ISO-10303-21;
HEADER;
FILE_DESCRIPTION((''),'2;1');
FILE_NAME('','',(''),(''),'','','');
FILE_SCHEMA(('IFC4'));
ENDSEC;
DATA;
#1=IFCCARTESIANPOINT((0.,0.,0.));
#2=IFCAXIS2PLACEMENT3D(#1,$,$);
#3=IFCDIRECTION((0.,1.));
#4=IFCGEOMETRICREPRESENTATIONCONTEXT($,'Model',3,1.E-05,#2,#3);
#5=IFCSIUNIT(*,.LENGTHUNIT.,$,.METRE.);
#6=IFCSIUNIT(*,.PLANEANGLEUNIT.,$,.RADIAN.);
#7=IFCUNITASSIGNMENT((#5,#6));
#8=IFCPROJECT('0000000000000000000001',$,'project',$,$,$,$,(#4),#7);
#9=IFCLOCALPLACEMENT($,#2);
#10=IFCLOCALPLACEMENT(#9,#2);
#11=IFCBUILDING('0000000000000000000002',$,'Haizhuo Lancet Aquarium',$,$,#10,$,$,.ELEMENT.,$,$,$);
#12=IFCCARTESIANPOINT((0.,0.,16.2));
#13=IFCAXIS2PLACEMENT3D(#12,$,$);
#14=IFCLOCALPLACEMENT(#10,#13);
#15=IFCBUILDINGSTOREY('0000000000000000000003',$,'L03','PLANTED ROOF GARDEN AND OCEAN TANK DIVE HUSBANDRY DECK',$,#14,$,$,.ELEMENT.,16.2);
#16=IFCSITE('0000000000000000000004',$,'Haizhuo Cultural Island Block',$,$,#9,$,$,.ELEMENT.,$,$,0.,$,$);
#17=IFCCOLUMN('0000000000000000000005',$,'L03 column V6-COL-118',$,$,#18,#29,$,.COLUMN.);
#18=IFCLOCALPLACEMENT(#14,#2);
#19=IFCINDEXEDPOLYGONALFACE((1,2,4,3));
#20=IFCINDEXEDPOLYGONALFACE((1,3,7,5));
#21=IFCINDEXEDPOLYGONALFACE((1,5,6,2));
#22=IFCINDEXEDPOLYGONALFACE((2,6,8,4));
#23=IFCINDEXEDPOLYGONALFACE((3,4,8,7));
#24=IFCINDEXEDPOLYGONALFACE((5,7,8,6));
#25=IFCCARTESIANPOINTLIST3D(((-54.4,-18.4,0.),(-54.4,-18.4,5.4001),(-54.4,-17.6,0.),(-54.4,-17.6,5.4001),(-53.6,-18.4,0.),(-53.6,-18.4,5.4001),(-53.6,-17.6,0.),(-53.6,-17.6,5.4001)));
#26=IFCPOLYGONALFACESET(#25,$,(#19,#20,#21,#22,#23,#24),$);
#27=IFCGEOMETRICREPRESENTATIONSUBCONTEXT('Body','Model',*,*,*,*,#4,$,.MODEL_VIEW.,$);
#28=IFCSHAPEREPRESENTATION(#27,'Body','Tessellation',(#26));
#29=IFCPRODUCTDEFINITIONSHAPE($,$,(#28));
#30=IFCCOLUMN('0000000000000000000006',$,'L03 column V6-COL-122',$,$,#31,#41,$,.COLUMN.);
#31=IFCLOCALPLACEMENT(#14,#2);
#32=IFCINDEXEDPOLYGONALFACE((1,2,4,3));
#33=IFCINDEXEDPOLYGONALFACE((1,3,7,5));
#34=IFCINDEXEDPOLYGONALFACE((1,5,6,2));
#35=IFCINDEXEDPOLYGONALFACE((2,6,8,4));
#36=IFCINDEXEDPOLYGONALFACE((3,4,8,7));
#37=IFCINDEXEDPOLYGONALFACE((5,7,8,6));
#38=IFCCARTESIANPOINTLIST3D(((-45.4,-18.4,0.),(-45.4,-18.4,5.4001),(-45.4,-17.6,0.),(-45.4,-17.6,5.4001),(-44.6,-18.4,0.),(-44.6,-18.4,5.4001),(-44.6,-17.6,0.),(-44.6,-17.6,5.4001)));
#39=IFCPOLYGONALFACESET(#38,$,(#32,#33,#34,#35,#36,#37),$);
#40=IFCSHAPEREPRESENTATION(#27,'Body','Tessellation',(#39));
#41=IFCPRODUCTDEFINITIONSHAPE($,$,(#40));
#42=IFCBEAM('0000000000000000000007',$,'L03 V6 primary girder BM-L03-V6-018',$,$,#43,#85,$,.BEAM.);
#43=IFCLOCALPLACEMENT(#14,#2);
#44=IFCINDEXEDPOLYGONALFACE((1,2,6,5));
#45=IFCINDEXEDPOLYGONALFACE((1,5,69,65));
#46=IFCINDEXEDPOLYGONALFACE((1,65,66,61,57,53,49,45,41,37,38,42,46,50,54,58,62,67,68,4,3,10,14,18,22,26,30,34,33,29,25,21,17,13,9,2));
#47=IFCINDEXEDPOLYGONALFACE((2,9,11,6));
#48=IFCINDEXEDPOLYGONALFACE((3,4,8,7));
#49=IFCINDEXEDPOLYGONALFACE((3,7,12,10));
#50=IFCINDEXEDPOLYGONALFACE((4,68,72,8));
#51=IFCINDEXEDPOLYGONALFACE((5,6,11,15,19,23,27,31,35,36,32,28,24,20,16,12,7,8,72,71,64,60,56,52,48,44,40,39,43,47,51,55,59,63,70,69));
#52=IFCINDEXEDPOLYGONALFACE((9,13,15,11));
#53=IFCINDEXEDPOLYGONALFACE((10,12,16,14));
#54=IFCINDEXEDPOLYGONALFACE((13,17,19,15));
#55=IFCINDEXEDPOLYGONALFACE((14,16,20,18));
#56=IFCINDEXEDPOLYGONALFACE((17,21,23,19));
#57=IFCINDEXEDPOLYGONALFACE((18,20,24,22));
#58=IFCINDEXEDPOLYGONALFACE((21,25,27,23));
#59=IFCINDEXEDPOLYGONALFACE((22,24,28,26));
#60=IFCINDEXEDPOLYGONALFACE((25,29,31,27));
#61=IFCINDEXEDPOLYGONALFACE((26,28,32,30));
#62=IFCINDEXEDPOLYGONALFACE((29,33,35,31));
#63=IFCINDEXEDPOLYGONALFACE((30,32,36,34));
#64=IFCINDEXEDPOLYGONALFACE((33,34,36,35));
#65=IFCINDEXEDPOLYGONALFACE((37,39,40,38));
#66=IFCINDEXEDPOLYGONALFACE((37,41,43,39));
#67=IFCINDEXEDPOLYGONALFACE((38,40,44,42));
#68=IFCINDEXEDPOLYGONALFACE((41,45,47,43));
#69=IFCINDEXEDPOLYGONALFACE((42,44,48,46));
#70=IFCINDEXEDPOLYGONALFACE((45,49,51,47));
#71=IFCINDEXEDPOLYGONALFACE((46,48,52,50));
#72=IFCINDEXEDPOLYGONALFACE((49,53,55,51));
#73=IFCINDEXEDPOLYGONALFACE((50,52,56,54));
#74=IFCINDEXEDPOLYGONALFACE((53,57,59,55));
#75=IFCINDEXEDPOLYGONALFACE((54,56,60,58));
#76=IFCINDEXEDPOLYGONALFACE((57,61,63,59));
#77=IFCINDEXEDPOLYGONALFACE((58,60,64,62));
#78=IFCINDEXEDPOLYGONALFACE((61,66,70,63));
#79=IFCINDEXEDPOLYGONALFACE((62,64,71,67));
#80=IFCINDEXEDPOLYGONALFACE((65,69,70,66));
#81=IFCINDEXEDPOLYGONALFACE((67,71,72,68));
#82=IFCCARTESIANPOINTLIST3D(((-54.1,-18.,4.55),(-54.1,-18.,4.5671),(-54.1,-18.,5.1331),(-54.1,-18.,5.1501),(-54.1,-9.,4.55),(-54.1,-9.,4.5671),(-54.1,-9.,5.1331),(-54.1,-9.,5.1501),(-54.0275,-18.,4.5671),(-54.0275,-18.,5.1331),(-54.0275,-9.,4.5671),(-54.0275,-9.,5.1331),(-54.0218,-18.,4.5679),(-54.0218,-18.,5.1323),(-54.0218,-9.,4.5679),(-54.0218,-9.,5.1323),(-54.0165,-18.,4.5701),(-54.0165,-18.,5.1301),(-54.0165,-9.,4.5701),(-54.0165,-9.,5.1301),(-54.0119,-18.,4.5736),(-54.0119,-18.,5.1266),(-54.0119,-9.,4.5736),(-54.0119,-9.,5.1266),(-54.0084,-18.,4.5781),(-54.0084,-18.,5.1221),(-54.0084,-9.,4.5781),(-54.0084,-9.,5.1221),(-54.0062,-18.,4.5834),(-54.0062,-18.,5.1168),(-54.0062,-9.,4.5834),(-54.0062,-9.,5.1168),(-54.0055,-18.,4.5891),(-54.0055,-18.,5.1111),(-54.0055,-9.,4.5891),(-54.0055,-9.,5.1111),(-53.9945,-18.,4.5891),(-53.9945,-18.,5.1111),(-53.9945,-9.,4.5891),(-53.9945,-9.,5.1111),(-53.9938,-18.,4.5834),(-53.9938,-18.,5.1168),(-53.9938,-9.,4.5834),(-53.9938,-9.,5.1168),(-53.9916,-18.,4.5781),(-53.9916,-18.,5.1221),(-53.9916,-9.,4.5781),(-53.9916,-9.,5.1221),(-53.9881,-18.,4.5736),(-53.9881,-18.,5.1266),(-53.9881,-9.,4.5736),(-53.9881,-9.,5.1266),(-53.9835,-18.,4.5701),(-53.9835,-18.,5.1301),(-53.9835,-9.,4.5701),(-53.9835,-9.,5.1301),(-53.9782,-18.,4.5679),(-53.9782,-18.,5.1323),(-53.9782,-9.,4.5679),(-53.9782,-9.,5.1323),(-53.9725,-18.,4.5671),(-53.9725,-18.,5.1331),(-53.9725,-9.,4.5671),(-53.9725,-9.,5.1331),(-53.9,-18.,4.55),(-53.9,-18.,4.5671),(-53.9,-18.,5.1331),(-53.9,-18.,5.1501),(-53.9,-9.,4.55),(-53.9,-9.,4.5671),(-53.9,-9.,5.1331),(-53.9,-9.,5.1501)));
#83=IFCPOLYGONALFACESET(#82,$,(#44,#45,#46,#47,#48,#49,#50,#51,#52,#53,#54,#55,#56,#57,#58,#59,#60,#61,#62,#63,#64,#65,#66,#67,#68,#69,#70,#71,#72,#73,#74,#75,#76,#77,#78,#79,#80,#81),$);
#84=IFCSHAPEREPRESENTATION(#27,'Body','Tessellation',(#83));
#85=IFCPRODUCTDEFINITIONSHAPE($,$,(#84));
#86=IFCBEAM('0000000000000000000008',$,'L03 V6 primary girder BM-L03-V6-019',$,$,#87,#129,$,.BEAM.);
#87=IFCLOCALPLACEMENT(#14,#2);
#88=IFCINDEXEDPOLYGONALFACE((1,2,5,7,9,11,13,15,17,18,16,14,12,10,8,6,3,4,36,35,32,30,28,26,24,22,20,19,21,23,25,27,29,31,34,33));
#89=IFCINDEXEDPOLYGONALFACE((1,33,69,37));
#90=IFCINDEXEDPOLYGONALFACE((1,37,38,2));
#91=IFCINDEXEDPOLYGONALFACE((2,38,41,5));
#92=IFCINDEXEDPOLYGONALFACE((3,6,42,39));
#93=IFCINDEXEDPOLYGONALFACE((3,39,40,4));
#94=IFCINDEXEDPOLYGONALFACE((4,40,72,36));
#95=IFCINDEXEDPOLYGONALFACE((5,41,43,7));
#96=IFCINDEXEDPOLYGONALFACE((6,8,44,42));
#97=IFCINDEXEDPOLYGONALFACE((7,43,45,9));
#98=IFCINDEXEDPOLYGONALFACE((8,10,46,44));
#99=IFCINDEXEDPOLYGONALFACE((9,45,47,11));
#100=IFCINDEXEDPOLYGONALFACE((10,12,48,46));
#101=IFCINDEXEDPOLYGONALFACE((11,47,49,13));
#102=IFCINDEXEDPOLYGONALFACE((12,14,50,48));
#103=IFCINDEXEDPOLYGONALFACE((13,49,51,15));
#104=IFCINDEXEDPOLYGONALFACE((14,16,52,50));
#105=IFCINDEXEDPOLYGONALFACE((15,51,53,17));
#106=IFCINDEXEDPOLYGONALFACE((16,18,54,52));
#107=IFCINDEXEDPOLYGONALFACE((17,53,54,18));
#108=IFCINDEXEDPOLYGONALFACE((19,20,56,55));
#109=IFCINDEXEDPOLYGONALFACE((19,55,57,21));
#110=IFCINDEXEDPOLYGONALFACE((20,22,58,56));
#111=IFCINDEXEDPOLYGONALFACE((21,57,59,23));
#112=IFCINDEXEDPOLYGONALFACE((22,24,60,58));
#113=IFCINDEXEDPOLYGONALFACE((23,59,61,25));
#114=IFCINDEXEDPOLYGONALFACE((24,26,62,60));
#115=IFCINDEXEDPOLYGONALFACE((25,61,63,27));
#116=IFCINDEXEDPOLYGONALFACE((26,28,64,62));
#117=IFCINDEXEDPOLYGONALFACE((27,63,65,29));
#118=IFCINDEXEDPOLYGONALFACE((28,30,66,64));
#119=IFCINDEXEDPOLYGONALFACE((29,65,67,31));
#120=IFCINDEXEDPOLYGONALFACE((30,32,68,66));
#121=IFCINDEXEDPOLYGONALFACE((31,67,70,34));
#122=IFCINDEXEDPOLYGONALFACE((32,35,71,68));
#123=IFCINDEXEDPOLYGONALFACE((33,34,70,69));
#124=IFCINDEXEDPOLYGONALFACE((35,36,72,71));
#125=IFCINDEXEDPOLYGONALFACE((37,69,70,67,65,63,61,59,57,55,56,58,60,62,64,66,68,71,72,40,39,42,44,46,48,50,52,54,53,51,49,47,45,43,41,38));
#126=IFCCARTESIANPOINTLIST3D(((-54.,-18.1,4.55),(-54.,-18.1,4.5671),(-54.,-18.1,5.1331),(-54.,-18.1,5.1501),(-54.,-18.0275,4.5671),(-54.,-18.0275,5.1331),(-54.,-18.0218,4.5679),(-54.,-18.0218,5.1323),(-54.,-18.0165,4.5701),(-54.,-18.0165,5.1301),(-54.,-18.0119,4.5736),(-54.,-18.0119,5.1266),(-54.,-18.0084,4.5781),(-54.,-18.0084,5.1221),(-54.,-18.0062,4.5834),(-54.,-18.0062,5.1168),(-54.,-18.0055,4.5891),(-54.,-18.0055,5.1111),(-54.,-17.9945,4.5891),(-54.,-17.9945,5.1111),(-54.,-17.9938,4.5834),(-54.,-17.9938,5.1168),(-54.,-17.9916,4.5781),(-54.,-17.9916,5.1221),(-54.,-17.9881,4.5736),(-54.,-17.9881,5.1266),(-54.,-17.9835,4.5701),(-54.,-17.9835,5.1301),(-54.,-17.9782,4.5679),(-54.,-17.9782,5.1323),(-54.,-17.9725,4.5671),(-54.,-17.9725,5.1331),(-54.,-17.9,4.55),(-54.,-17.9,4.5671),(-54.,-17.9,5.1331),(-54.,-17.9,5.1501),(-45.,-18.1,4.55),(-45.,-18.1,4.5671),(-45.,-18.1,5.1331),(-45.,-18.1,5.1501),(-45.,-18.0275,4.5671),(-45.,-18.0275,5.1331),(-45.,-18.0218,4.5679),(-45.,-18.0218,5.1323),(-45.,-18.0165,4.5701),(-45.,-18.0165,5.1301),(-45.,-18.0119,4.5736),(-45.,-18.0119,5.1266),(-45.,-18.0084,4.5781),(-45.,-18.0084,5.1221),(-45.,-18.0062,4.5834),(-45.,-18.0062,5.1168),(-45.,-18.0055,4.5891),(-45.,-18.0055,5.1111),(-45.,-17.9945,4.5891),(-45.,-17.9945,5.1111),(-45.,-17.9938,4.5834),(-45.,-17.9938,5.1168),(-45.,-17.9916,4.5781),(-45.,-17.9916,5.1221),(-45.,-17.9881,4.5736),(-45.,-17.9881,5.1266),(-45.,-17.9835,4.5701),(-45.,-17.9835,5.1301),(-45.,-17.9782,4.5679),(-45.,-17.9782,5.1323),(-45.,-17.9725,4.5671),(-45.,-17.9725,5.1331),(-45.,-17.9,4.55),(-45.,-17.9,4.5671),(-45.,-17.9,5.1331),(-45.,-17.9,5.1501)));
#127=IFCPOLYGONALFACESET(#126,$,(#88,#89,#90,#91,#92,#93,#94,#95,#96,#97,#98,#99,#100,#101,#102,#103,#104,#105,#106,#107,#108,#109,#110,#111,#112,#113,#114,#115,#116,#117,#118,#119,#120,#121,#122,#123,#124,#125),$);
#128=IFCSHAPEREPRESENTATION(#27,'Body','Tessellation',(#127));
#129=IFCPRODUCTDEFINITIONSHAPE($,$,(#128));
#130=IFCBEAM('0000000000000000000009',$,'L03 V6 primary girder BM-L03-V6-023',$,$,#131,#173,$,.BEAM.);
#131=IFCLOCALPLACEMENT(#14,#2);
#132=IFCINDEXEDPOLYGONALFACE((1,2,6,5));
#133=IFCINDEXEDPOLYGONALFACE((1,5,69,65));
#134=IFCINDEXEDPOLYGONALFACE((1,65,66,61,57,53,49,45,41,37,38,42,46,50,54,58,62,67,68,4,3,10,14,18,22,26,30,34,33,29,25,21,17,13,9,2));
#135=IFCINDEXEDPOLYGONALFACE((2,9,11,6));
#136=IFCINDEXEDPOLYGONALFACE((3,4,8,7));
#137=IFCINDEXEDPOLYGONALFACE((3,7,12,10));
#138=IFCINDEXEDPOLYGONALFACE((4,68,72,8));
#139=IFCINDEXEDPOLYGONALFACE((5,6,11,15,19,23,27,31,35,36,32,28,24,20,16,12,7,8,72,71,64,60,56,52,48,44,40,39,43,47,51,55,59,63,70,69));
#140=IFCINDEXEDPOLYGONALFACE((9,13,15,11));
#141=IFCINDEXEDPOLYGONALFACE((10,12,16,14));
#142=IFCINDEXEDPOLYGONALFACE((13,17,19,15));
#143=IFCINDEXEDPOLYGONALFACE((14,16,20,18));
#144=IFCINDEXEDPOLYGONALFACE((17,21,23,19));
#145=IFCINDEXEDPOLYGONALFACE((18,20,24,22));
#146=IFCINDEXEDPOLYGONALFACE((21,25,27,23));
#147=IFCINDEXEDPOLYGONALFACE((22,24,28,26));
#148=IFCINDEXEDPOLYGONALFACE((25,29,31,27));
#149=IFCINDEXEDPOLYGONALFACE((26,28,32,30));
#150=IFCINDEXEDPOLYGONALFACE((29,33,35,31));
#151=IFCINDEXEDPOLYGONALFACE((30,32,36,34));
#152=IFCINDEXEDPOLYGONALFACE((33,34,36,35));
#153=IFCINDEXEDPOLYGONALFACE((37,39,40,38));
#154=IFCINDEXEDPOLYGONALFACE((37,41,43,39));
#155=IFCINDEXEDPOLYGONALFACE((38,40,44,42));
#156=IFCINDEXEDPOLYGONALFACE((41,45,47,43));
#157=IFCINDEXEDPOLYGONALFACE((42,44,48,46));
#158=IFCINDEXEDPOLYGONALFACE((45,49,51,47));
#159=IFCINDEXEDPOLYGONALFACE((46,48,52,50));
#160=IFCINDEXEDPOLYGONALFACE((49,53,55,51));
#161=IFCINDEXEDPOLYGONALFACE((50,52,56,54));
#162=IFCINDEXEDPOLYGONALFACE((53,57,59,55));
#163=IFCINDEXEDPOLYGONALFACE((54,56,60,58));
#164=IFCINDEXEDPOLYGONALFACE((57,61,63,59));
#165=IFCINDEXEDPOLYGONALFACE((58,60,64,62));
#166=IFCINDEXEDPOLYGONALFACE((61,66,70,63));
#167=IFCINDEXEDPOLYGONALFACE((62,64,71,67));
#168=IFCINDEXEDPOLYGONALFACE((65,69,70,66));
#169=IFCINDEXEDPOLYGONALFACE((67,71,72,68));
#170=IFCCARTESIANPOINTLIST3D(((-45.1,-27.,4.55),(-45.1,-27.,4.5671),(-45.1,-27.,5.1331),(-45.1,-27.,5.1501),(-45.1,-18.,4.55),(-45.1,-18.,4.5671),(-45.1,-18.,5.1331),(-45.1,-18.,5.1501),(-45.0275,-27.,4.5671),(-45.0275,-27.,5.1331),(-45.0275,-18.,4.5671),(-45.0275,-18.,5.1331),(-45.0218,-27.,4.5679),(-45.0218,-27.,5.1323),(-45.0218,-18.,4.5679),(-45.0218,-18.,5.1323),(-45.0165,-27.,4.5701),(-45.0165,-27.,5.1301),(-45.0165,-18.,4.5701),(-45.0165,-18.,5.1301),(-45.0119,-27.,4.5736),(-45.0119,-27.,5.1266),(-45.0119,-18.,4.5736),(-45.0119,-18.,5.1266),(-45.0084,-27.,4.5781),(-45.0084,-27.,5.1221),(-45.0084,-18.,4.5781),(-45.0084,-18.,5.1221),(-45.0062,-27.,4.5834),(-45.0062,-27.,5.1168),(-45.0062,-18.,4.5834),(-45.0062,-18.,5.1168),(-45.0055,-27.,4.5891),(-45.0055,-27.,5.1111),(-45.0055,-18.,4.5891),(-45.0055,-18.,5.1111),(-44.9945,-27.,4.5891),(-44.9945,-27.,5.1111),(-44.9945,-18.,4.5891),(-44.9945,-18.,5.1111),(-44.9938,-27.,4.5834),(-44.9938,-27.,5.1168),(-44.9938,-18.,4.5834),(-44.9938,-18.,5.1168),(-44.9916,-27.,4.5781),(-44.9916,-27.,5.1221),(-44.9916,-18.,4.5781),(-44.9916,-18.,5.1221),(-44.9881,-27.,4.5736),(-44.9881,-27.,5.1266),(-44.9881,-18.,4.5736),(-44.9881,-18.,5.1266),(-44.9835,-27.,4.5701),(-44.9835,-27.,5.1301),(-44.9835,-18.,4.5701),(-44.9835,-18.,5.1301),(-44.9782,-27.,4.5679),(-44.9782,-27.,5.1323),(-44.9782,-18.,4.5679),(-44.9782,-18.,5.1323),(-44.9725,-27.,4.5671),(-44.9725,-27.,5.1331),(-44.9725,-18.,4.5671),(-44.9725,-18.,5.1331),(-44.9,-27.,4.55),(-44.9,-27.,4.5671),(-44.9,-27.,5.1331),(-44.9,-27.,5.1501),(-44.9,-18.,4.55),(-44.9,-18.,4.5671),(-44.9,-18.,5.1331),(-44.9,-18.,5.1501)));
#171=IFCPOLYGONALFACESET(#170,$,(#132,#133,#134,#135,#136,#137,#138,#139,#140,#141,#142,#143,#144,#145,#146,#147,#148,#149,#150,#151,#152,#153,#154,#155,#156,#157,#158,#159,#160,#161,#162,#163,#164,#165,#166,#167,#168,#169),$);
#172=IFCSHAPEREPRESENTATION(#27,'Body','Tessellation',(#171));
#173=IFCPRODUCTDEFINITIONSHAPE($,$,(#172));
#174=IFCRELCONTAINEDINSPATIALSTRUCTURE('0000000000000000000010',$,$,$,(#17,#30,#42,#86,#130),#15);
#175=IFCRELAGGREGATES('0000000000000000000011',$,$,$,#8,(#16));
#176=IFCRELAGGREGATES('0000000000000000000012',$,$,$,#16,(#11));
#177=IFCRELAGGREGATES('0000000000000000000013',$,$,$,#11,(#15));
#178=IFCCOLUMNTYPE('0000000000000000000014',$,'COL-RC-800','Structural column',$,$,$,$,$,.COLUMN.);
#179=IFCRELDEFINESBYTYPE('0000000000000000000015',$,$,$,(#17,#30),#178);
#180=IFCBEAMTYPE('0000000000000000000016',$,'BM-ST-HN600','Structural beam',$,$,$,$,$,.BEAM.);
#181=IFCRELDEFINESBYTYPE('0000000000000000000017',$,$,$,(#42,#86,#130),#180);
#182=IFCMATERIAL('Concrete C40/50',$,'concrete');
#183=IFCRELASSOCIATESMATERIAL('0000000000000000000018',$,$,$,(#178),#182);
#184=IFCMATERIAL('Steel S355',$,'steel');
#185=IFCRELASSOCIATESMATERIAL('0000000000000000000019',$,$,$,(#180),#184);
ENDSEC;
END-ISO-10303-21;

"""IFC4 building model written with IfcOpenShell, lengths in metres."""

from ifc_helpers import new_model, si_unit, direction, frame, origin, origin_2d, place, context, subcontext, project, spatial, rectangle, i_section, extrude, material, material_profile, profile_set, type_object, element, save


model = new_model("IFC4")

# Units and contexts
model_context = context("Model", 3, precision=1e-05, world=origin(), true_north=direction((0.0, 1.0)))
body_context = subcontext(model_context, "Body", "Model", "MODEL_VIEW")
ifc_project = project(units=[si_unit("LENGTHUNIT", "METRE"), si_unit("PLANEANGLEUNIT", "RADIAN")], contexts=[model_context])

# Site, building, storey
site_placement = place(None, origin())
site = spatial("IfcSite", under=ifc_project, at=site_placement, Name="Haizhuo Cultural Island Block", CompositionType="ELEMENT", RefElevation=0.0)
building_placement = place(site_placement, origin())
building = spatial("IfcBuilding", under=site, at=building_placement, Name="Haizhuo Lancet Aquarium", CompositionType="ELEMENT")
storey_placement = place(building_placement, frame((0.0, 0.0, 16.2)))
storey = spatial("IfcBuildingStorey", under=building, at=storey_placement, Name="L03", Description="PLANTED ROOF GARDEN AND OCEAN TANK DIVE HUSBANDRY DECK", CompositionType="ELEMENT", Elevation=16.2)

# Columns
ifc_material_1 = material(Name="Concrete C40/50", Category="concrete")
ifc_material_profile_1 = material_profile(ifc_material_1, rectangle(XDim=0.8, YDim=0.8, at=origin_2d()), Name="RC-COL 800x800")
ifc_profile_set_1 = profile_set([ifc_material_profile_1], Name="Concrete C40/50")
column_type = type_object("IfcColumnType", Name="COL-RC-800", Description="Structural column", PredefinedType="COLUMN", material=ifc_profile_set_1)
for number, where, z_axis, x_axis, name in (
    (1, (-54.0, -18.0, 0.0), (0.0, 0.0, 1.0), (1.0, 0.0, 0.0), "L03 column V6-COL-118"),
    (2, (-45.0, -18.0, 0.0), (0.0, 0.0, 1.0), (1.0, 0.0, 0.0), "L03 column V6-COL-122"),
):
    element("IfcColumn", number, at=place(storey_placement, frame(where, z_axis=z_axis, x_axis=x_axis)), inside=storey, type_object=column_type, Name=name, PredefinedType="COLUMN", context=body_context, shape_type="SweptSolid", body=[
        extrude(rectangle(XDim=0.8, YDim=0.8, at=origin_2d()), origin(), (0.0, 0.0, 1.0), 5.4001),
    ])

# Beams
ifc_material_2 = material(Name="Steel S355", Category="steel")
ifc_material_profile_2 = material_profile(ifc_material_2, i_section(OverallWidth=0.2, OverallDepth=0.6001, WebThickness=0.011, FlangeThickness=0.0171, FilletRadius=0.022, at=origin_2d()), Name="HN 600x200x11x17")
ifc_profile_set_2 = profile_set([ifc_material_profile_2], Name="Steel S355")
beam_type_1 = type_object("IfcBeamType", Name="BM-ST-HN600", Description="Structural beam", PredefinedType="BEAM", material=ifc_profile_set_2)
for number, where, z_axis, x_axis, name in (
    (3, (-54.0, -18.0, 4.8501), (0.0, 1.0, 0.0), (-1.0, 0.0, 0.0), "L03 V6 primary girder BM-L03-V6-018"),
    (4, (-54.0, -18.0, 4.8501), (1.0, 0.0, 0.0), (0.0, 1.0, 0.0), "L03 V6 primary girder BM-L03-V6-019"),
    (5, (-45.0, -27.0, 4.8501), (0.0, 1.0, 0.0), (-1.0, 0.0, 0.0), "L03 V6 primary girder BM-L03-V6-023"),
):
    element("IfcBeam", number, at=place(storey_placement, frame(where, z_axis=z_axis, x_axis=x_axis)), inside=storey, type_object=beam_type_1, Name=name, PredefinedType="BEAM", context=body_context, shape_type="SweptSolid", body=[
        extrude(i_section(OverallWidth=0.2, OverallDepth=0.6001, WebThickness=0.011, FlangeThickness=0.0171, FilletRadius=0.022, at=origin_2d()), origin(), (0.0, 0.0, 1.0), 9.0),
    ])

save(model, "model.ifc")
